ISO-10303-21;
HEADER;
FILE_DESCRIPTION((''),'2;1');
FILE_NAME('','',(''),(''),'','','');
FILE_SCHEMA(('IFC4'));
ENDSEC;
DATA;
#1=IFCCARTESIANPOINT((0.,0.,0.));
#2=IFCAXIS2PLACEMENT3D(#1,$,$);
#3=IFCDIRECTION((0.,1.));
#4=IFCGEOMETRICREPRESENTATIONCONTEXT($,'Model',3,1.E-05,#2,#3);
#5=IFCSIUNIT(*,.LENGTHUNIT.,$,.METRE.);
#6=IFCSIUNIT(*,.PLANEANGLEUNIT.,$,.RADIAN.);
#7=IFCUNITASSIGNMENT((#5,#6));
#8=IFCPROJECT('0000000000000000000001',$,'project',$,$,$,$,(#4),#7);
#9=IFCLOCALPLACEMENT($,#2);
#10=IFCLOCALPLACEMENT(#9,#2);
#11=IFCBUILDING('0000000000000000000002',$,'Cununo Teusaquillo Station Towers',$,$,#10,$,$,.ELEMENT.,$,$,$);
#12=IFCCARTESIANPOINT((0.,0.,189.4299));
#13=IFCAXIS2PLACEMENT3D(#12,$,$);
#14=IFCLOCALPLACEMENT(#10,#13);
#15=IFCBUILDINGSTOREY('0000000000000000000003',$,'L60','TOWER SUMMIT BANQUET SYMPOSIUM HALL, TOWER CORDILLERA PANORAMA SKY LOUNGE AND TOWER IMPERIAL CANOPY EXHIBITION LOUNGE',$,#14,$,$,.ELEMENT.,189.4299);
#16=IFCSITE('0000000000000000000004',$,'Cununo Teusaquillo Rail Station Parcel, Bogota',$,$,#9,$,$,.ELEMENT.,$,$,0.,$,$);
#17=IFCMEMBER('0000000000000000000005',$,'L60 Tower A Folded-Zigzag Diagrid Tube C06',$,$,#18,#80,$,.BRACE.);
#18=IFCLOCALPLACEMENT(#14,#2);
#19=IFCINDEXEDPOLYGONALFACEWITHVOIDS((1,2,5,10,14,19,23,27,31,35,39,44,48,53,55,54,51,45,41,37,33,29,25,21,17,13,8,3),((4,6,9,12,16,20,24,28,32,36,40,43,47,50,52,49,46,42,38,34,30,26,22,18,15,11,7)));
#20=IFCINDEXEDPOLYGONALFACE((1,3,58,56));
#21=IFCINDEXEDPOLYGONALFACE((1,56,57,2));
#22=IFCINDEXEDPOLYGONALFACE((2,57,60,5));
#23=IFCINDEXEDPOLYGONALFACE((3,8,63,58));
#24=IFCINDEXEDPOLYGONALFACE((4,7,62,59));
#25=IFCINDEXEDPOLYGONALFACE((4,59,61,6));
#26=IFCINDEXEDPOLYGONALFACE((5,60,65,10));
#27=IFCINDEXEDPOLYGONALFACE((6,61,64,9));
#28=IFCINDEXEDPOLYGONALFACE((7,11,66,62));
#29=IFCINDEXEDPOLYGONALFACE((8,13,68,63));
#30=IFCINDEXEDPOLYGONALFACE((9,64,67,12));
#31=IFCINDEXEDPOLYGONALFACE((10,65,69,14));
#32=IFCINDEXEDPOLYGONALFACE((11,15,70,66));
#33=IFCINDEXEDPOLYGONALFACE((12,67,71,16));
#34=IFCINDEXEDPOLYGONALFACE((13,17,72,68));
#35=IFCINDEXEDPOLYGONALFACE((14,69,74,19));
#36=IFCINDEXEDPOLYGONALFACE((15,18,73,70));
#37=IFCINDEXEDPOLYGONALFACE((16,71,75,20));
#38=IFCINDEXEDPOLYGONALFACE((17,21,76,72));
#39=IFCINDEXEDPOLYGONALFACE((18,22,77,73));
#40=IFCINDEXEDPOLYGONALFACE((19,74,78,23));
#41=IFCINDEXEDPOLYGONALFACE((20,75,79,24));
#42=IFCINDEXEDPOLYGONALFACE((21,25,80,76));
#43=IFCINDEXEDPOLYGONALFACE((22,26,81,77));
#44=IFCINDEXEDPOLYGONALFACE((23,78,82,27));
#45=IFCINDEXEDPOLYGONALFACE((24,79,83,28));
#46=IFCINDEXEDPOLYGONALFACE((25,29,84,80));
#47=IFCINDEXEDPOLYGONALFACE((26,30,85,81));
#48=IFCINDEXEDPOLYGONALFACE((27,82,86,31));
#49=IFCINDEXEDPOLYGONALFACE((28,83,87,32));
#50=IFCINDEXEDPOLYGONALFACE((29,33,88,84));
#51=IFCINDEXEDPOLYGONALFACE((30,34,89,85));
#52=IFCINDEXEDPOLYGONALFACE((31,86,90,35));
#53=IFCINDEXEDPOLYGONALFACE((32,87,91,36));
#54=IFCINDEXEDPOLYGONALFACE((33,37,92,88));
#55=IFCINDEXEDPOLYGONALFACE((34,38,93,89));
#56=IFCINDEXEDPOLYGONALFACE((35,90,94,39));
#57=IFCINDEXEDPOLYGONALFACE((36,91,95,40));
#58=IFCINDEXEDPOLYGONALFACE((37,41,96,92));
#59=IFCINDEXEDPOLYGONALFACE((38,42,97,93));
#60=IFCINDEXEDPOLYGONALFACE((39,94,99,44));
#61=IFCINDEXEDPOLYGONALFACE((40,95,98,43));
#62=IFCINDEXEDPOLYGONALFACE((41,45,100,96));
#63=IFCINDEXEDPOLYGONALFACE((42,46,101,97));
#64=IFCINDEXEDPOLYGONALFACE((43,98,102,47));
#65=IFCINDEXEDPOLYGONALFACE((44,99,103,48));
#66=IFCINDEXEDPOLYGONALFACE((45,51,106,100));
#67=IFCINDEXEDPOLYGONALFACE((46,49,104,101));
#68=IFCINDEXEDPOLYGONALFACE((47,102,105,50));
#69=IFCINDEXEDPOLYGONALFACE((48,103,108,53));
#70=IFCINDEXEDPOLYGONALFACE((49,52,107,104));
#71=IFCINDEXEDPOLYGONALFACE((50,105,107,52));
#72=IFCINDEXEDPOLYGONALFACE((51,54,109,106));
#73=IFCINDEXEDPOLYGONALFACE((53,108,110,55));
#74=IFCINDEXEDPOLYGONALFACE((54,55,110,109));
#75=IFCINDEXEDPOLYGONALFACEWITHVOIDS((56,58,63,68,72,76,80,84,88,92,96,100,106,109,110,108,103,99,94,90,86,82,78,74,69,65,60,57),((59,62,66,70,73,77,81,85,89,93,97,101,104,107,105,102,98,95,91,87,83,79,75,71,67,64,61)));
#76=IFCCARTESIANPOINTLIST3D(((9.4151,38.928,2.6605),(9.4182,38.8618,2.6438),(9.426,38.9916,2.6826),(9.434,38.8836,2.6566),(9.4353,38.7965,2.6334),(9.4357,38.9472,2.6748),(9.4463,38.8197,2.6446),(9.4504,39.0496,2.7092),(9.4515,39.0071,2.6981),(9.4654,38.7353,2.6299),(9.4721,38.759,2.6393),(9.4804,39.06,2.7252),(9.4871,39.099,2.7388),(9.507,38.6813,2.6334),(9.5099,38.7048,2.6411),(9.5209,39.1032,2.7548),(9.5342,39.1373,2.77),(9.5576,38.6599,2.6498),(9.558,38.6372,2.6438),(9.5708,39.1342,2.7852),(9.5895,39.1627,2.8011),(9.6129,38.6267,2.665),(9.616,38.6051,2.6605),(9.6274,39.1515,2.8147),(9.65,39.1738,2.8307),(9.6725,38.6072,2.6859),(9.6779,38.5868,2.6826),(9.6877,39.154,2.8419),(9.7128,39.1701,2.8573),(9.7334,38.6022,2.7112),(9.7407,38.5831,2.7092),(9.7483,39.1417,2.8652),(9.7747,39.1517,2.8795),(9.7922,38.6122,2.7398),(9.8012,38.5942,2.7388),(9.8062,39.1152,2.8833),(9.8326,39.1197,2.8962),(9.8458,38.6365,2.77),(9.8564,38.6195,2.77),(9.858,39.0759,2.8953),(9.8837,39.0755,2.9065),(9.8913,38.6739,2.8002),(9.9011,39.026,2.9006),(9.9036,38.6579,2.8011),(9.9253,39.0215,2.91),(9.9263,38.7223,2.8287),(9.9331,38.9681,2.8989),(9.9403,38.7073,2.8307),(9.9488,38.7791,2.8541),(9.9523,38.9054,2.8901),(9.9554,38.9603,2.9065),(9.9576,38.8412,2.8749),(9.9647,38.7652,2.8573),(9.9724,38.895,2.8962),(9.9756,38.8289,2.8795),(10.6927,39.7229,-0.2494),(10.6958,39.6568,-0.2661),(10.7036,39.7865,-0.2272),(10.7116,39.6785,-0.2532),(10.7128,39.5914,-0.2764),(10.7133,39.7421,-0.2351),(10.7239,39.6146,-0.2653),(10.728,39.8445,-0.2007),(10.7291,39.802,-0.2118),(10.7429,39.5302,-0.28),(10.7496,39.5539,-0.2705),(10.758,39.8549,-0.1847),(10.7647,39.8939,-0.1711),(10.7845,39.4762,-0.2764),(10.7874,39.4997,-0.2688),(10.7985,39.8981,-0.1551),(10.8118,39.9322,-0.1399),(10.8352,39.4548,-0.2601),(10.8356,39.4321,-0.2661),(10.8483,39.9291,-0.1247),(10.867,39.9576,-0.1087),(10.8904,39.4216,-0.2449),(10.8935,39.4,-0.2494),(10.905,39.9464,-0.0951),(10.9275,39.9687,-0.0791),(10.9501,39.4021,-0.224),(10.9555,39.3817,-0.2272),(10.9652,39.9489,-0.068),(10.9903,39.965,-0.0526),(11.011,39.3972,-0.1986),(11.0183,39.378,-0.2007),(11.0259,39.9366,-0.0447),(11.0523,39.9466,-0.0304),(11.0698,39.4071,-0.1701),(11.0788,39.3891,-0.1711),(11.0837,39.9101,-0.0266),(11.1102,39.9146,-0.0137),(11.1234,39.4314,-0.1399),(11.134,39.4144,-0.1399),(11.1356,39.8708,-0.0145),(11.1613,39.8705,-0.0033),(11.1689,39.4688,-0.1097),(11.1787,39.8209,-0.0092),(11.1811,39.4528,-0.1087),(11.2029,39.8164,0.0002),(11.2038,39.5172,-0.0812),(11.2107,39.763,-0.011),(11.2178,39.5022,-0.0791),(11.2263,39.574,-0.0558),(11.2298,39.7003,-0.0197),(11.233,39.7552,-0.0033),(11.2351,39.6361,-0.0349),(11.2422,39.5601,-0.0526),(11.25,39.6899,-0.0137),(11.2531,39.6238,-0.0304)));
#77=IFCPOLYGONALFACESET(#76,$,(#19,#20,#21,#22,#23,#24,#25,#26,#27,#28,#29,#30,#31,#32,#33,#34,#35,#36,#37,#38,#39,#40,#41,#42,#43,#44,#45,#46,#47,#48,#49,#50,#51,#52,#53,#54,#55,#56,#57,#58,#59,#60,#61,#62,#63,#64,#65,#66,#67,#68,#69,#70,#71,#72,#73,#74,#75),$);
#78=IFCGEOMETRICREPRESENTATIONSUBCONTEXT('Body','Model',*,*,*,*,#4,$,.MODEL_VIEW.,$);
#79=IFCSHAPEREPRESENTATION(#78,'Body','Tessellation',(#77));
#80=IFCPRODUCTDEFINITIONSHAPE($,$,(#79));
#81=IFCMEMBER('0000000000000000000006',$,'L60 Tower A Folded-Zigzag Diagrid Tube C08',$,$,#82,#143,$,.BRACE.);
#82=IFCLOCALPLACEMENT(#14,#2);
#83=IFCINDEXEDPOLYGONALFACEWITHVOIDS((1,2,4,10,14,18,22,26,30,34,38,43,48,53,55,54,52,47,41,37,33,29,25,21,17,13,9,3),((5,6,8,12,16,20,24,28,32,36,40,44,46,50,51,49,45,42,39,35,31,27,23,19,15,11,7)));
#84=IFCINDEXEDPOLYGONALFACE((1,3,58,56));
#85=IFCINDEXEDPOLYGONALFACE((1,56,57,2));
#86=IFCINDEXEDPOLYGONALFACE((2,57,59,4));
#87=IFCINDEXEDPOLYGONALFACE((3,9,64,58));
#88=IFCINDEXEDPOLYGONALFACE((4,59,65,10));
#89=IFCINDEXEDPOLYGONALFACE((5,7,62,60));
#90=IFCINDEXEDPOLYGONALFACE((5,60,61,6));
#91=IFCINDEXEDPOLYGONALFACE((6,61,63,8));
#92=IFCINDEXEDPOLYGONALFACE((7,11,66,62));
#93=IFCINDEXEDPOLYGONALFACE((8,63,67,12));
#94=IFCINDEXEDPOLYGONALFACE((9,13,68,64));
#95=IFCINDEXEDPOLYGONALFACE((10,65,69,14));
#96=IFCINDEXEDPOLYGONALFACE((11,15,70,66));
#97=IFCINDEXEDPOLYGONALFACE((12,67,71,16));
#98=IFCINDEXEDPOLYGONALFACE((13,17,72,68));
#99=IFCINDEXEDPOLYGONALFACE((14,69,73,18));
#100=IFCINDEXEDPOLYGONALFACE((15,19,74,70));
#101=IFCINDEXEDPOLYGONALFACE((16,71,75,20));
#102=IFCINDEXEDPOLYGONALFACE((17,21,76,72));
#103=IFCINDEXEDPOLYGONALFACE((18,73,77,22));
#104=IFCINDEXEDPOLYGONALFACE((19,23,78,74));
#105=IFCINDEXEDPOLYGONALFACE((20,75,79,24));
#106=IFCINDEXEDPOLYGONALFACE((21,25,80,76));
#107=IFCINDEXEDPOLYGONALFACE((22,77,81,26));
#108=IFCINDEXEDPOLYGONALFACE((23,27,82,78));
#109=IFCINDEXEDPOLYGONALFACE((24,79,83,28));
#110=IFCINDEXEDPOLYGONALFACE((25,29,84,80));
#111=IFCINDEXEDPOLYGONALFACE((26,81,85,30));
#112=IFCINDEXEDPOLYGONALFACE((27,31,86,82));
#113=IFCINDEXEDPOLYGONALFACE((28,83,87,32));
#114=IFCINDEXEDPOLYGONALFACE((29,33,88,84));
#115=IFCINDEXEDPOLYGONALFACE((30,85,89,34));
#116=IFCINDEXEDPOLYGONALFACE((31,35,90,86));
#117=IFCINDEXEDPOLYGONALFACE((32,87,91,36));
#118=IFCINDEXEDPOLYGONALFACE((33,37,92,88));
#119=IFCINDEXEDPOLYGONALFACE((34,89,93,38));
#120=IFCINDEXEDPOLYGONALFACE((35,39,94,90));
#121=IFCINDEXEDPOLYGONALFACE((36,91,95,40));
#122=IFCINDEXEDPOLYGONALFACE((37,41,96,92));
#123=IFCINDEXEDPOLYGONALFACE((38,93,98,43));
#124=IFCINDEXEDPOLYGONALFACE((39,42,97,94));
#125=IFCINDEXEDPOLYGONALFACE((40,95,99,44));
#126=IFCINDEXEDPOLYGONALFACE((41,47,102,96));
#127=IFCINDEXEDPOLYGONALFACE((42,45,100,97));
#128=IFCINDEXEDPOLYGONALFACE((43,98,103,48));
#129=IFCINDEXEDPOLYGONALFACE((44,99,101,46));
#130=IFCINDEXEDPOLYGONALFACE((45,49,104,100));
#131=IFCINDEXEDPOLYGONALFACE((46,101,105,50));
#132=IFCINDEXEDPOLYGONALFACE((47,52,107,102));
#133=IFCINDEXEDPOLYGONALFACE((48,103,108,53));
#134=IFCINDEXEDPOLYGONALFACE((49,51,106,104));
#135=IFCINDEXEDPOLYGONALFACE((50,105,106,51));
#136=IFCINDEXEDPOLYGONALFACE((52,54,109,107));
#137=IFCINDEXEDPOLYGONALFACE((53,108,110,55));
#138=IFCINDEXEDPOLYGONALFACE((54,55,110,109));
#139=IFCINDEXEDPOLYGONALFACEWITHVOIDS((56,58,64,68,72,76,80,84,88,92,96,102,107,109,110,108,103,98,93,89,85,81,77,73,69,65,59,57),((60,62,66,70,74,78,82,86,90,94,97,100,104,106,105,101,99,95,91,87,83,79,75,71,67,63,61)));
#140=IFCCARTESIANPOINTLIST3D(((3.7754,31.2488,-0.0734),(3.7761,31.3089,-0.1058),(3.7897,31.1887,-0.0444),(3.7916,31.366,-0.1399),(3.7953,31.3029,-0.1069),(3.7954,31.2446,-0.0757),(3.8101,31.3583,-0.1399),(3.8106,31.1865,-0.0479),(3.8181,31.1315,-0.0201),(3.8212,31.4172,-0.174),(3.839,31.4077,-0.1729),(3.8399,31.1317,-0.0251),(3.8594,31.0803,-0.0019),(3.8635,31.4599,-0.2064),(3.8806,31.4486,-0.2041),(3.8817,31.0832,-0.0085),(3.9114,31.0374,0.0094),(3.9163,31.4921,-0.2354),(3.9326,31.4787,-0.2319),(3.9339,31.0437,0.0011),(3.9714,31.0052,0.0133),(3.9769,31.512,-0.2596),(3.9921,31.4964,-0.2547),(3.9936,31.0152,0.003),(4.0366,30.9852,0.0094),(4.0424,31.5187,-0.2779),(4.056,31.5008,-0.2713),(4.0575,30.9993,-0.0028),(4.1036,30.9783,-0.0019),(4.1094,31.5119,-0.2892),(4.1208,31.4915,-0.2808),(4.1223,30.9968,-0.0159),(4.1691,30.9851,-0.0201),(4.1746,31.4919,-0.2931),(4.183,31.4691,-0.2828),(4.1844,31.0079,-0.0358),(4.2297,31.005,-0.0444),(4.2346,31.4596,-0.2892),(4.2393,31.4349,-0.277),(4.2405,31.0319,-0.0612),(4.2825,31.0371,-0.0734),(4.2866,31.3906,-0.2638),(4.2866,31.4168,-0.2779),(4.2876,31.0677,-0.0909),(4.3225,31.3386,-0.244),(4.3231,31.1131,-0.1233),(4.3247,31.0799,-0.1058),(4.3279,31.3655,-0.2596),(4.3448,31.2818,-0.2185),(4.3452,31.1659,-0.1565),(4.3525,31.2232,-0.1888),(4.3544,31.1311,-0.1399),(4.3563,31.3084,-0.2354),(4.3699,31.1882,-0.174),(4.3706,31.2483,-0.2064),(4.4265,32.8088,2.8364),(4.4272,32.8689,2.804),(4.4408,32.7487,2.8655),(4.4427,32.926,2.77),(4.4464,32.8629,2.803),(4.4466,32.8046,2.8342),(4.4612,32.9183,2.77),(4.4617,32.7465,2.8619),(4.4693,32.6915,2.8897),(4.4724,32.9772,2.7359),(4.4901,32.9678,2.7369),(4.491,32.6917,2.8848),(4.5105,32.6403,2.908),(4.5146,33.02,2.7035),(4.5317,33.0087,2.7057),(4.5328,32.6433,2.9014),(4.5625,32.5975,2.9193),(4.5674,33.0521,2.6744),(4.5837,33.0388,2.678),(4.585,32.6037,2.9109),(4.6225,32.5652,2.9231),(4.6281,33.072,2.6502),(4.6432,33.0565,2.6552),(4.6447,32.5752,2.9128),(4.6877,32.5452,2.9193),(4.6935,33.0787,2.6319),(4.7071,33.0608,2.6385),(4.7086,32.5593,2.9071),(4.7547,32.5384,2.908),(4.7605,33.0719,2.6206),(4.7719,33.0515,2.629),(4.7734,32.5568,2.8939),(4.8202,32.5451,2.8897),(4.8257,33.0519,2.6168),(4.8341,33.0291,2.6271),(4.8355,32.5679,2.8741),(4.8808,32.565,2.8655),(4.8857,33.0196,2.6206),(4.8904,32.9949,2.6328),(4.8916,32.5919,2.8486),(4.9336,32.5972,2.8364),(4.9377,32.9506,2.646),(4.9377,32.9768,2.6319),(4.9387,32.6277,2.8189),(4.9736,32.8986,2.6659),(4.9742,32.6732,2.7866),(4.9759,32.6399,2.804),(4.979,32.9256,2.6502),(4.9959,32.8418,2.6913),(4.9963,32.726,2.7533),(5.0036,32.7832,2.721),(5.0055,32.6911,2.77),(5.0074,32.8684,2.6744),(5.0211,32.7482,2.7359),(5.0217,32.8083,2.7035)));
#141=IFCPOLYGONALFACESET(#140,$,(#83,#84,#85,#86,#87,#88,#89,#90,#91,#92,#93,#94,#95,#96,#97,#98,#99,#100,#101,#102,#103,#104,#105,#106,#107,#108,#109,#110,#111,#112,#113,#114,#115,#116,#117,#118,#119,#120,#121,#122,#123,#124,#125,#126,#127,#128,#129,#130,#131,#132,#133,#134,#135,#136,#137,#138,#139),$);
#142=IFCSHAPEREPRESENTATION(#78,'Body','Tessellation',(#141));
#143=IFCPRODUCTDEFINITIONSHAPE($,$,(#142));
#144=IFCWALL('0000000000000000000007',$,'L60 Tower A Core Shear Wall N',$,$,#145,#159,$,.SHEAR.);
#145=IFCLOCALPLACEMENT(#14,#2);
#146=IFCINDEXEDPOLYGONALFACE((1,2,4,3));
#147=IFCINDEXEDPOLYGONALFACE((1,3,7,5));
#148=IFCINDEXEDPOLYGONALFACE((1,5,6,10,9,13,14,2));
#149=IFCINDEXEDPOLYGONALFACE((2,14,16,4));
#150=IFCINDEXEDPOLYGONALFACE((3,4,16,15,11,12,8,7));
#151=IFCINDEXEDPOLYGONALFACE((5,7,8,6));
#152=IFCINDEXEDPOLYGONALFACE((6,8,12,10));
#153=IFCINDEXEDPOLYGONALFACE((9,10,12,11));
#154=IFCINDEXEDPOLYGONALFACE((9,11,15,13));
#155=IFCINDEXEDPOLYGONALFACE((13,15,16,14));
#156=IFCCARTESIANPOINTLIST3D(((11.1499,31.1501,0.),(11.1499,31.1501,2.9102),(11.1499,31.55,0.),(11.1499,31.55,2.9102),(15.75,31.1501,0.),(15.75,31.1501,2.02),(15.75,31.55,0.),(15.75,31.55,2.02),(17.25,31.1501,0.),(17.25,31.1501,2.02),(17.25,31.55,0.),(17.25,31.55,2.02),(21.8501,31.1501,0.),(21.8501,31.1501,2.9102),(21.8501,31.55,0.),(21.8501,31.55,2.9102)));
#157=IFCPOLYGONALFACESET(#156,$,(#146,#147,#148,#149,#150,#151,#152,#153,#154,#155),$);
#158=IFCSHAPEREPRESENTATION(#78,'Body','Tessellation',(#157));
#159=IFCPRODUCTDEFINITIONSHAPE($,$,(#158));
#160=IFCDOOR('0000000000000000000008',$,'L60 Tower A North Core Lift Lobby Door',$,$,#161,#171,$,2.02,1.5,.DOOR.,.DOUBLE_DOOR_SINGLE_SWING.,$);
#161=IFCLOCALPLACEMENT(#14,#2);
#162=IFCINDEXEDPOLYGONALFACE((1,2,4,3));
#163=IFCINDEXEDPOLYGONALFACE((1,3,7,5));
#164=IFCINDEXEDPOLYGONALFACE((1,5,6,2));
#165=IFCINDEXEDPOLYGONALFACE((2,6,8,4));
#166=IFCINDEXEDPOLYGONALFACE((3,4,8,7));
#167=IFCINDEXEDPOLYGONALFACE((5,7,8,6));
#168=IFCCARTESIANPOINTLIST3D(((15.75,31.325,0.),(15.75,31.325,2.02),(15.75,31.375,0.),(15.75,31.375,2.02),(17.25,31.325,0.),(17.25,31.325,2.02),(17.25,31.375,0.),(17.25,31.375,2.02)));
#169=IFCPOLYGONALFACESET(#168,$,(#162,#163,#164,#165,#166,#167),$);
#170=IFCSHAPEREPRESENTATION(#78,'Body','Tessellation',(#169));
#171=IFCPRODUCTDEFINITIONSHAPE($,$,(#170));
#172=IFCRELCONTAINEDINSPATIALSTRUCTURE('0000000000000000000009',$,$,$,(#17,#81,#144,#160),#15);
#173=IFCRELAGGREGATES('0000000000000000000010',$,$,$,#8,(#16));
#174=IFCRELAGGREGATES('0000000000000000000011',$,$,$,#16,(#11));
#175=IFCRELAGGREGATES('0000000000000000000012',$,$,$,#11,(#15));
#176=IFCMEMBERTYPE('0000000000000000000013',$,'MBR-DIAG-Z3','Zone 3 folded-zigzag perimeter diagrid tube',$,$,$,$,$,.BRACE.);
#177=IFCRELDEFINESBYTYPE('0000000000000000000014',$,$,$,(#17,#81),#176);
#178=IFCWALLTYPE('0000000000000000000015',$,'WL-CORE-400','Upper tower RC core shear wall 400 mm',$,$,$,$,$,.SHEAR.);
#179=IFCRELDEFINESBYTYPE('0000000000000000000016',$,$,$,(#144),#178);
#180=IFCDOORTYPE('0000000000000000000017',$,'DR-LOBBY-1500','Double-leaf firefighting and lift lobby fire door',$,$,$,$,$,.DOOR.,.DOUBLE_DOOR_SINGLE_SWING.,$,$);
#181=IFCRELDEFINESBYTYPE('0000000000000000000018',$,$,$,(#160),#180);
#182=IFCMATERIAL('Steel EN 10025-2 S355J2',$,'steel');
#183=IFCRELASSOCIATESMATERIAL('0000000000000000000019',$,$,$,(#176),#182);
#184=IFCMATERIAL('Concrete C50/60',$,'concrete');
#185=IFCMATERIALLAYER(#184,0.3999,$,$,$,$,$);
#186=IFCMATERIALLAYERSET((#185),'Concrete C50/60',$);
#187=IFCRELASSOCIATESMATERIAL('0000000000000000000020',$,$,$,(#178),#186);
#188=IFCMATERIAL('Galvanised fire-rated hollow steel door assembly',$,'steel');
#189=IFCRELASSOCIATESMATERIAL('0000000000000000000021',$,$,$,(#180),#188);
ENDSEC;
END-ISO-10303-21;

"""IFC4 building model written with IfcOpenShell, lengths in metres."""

from ifc_helpers import new_model, si_unit, direction, frame, frame_2d, origin, origin_2d, place, context, subcontext, project, spatial, rectangle, hollow_circle, extrude, source, transform, mapped, material, layer, layer_set, material_profile, profile_set, type_object, element, fill, save


model = new_model("IFC4")

# Units and contexts
model_context = context("Model", 3, precision=1e-05, world=origin(), true_north=direction((0.0, 1.0)))
body_context = subcontext(model_context, "Body", "Model", "MODEL_VIEW")
ifc_project = project(units=[si_unit("LENGTHUNIT", "METRE"), si_unit("PLANEANGLEUNIT", "RADIAN")], contexts=[model_context])

# Site, building, storey
site_placement = place(None, origin())
site = spatial("IfcSite", under=ifc_project, at=site_placement, Name="Cununo Teusaquillo Rail Station Parcel, Bogota", CompositionType="ELEMENT", RefElevation=0.0)
building_placement = place(site_placement, origin())
building = spatial("IfcBuilding", under=site, at=building_placement, Name="Cununo Teusaquillo Station Towers", CompositionType="ELEMENT")
storey_placement = place(building_placement, frame((0.0, 0.0, 189.4299)))
storey = spatial("IfcBuildingStorey", under=building, at=storey_placement, Name="L60", Description="TOWER SUMMIT BANQUET SYMPOSIUM HALL, TOWER CORDILLERA PANORAMA SKY LOUNGE AND TOWER IMPERIAL CANOPY EXHIBITION LOUNGE", CompositionType="ELEMENT", Elevation=189.4299)

# Members
ifc_material_1 = material(Name="Steel EN 10025-2 S355J2", Category="steel")
ifc_material_profile_1 = material_profile(ifc_material_1, hollow_circle(Radius=0.3049, WallThickness=0.02, at=origin_2d()), Name="CHS 610x20")
ifc_profile_set_1 = profile_set([ifc_material_profile_1], Name="Steel EN 10025-2 S355J2")
member_type = type_object("IfcMemberType", Name="MBR-DIAG-Z3", Description="Zone 3 folded-zigzag perimeter diagrid tube", PredefinedType="BRACE", material=ifc_profile_set_1)
member_1_placement = place(storey_placement, frame((10.9729, 39.6733, -0.1399), z_axis=(-0.389992, -0.242655, 0.88827), x_axis=(0.528291, -0.849063, 0.0)))
element("IfcMember", 1, at=member_1_placement, inside=storey, type_object=member_type, Name="L60 Tower A Folded-Zigzag Diagrid Tube C06", PredefinedType="BRACE", context=body_context, shape_type="SweptSolid", body=[
    extrude(hollow_circle(Radius=0.3049, WallThickness=0.02, at=origin_2d()), origin(), (0.0, 0.0, 1.0), 3.2759),
])
member_2_placement = place(storey_placement, frame((4.073, 31.2485, -0.1399), z_axis=(0.193481, 0.46357, 0.864678), x_axis=(-0.922846, 0.385169, 0.0)))
element("IfcMember", 2, at=member_2_placement, inside=storey, type_object=member_type, Name="L60 Tower A Folded-Zigzag Diagrid Tube C08", PredefinedType="BRACE", context=body_context, shape_type="SweptSolid", body=[
    extrude(hollow_circle(Radius=0.3049, WallThickness=0.02, at=origin_2d()), origin(), (0.0, 0.0, 1.0), 3.3652),
])

# Wall, opening, door
ifc_material_2 = material(Name="Concrete C50/60", Category="concrete")
ifc_layer_1 = layer(ifc_material_2, 0.3999)
ifc_layer_set_1 = layer_set([ifc_layer_1], Name="Concrete C50/60")
wall_type_1 = type_object("IfcWallType", Name="WL-CORE-400", Description="Upper tower RC core shear wall 400 mm", PredefinedType="SHEAR", material=ifc_layer_set_1)
wall_1_placement = place(storey_placement, frame((11.1499, 31.3501, 0.0), z_axis=(0.0, 0.0, 1.0), x_axis=(1.0, 0.0, 0.0)))
wall_1 = element("IfcWall", 3, at=wall_1_placement, inside=storey, type_object=wall_type_1, Name="L60 Tower A Core Shear Wall N", PredefinedType="SHEAR", context=body_context, shape_type="SweptSolid", body=[
    extrude(rectangle(XDim=10.7002, YDim=0.3999, at=frame_2d((5.3501, 0.0))), origin(), (0.0, 0.0, 1.0), 2.9102),
])
shared_shape_1 = source(origin(), body_context, "Body", "SweptSolid", [
    extrude(rectangle(XDim=1.5, YDim=2.02, at=frame_2d((0.75, 1.01))), frame((0.0, 0.21, 0.0), z_axis=(0.0, -1.0, 0.0), x_axis=(1.0, 0.0, 0.0)), (0.0, 0.0, 1.0), 0.4199),
])
opening_1_placement = place(wall_1_placement, frame((4.6001, 0.0, 0.0)))
opening_1 = element("IfcOpeningElement", 4, at=opening_1_placement, cuts=wall_1, PredefinedType="OPENING", context=body_context, shape_type="MappedRepresentation", body=[
    mapped(shared_shape_1, transform((0.0, 0.0, 0.0), x_axis=(1.0, 0.0, 0.0), y_axis=(0.0, 1.0, 0.0), z_axis=(0.0, 0.0, 1.0), scale=1.0)),
])
ifc_material_3 = material(Name="Galvanised fire-rated hollow steel door assembly", Category="steel")
door_type = type_object("IfcDoorType", Name="DR-LOBBY-1500", Description="Double-leaf firefighting and lift lobby fire door", OperationType="DOUBLE_DOOR_SINGLE_SWING", PredefinedType="DOOR", material=ifc_material_3)
shared_shape_2 = source(origin(), body_context, "Body", "SweptSolid", [
    extrude(rectangle(XDim=1.5, YDim=2.02, at=frame_2d((0.75, 1.01))), frame((0.0, 0.0249, 0.0), z_axis=(0.0, -1.0, 0.0), x_axis=(1.0, 0.0, 0.0)), (0.0, 0.0, 1.0), 0.05),
])
door_placement = place(opening_1_placement, origin())
door = element("IfcDoor", 5, at=door_placement, inside=storey, type_object=door_type, Name="L60 Tower A North Core Lift Lobby Door", OperationType="DOUBLE_DOOR_SINGLE_SWING", OverallHeight=2.02, OverallWidth=1.5, PredefinedType="DOOR", context=body_context, shape_type="MappedRepresentation", body=[
    mapped(shared_shape_2, transform((0.0, 0.0, 0.0), x_axis=(1.0, 0.0, 0.0), y_axis=(0.0, 1.0, 0.0), z_axis=(0.0, 0.0, 1.0), scale=1.0)),
])
fill(opening_1, door)

save(model, "model.ifc")
